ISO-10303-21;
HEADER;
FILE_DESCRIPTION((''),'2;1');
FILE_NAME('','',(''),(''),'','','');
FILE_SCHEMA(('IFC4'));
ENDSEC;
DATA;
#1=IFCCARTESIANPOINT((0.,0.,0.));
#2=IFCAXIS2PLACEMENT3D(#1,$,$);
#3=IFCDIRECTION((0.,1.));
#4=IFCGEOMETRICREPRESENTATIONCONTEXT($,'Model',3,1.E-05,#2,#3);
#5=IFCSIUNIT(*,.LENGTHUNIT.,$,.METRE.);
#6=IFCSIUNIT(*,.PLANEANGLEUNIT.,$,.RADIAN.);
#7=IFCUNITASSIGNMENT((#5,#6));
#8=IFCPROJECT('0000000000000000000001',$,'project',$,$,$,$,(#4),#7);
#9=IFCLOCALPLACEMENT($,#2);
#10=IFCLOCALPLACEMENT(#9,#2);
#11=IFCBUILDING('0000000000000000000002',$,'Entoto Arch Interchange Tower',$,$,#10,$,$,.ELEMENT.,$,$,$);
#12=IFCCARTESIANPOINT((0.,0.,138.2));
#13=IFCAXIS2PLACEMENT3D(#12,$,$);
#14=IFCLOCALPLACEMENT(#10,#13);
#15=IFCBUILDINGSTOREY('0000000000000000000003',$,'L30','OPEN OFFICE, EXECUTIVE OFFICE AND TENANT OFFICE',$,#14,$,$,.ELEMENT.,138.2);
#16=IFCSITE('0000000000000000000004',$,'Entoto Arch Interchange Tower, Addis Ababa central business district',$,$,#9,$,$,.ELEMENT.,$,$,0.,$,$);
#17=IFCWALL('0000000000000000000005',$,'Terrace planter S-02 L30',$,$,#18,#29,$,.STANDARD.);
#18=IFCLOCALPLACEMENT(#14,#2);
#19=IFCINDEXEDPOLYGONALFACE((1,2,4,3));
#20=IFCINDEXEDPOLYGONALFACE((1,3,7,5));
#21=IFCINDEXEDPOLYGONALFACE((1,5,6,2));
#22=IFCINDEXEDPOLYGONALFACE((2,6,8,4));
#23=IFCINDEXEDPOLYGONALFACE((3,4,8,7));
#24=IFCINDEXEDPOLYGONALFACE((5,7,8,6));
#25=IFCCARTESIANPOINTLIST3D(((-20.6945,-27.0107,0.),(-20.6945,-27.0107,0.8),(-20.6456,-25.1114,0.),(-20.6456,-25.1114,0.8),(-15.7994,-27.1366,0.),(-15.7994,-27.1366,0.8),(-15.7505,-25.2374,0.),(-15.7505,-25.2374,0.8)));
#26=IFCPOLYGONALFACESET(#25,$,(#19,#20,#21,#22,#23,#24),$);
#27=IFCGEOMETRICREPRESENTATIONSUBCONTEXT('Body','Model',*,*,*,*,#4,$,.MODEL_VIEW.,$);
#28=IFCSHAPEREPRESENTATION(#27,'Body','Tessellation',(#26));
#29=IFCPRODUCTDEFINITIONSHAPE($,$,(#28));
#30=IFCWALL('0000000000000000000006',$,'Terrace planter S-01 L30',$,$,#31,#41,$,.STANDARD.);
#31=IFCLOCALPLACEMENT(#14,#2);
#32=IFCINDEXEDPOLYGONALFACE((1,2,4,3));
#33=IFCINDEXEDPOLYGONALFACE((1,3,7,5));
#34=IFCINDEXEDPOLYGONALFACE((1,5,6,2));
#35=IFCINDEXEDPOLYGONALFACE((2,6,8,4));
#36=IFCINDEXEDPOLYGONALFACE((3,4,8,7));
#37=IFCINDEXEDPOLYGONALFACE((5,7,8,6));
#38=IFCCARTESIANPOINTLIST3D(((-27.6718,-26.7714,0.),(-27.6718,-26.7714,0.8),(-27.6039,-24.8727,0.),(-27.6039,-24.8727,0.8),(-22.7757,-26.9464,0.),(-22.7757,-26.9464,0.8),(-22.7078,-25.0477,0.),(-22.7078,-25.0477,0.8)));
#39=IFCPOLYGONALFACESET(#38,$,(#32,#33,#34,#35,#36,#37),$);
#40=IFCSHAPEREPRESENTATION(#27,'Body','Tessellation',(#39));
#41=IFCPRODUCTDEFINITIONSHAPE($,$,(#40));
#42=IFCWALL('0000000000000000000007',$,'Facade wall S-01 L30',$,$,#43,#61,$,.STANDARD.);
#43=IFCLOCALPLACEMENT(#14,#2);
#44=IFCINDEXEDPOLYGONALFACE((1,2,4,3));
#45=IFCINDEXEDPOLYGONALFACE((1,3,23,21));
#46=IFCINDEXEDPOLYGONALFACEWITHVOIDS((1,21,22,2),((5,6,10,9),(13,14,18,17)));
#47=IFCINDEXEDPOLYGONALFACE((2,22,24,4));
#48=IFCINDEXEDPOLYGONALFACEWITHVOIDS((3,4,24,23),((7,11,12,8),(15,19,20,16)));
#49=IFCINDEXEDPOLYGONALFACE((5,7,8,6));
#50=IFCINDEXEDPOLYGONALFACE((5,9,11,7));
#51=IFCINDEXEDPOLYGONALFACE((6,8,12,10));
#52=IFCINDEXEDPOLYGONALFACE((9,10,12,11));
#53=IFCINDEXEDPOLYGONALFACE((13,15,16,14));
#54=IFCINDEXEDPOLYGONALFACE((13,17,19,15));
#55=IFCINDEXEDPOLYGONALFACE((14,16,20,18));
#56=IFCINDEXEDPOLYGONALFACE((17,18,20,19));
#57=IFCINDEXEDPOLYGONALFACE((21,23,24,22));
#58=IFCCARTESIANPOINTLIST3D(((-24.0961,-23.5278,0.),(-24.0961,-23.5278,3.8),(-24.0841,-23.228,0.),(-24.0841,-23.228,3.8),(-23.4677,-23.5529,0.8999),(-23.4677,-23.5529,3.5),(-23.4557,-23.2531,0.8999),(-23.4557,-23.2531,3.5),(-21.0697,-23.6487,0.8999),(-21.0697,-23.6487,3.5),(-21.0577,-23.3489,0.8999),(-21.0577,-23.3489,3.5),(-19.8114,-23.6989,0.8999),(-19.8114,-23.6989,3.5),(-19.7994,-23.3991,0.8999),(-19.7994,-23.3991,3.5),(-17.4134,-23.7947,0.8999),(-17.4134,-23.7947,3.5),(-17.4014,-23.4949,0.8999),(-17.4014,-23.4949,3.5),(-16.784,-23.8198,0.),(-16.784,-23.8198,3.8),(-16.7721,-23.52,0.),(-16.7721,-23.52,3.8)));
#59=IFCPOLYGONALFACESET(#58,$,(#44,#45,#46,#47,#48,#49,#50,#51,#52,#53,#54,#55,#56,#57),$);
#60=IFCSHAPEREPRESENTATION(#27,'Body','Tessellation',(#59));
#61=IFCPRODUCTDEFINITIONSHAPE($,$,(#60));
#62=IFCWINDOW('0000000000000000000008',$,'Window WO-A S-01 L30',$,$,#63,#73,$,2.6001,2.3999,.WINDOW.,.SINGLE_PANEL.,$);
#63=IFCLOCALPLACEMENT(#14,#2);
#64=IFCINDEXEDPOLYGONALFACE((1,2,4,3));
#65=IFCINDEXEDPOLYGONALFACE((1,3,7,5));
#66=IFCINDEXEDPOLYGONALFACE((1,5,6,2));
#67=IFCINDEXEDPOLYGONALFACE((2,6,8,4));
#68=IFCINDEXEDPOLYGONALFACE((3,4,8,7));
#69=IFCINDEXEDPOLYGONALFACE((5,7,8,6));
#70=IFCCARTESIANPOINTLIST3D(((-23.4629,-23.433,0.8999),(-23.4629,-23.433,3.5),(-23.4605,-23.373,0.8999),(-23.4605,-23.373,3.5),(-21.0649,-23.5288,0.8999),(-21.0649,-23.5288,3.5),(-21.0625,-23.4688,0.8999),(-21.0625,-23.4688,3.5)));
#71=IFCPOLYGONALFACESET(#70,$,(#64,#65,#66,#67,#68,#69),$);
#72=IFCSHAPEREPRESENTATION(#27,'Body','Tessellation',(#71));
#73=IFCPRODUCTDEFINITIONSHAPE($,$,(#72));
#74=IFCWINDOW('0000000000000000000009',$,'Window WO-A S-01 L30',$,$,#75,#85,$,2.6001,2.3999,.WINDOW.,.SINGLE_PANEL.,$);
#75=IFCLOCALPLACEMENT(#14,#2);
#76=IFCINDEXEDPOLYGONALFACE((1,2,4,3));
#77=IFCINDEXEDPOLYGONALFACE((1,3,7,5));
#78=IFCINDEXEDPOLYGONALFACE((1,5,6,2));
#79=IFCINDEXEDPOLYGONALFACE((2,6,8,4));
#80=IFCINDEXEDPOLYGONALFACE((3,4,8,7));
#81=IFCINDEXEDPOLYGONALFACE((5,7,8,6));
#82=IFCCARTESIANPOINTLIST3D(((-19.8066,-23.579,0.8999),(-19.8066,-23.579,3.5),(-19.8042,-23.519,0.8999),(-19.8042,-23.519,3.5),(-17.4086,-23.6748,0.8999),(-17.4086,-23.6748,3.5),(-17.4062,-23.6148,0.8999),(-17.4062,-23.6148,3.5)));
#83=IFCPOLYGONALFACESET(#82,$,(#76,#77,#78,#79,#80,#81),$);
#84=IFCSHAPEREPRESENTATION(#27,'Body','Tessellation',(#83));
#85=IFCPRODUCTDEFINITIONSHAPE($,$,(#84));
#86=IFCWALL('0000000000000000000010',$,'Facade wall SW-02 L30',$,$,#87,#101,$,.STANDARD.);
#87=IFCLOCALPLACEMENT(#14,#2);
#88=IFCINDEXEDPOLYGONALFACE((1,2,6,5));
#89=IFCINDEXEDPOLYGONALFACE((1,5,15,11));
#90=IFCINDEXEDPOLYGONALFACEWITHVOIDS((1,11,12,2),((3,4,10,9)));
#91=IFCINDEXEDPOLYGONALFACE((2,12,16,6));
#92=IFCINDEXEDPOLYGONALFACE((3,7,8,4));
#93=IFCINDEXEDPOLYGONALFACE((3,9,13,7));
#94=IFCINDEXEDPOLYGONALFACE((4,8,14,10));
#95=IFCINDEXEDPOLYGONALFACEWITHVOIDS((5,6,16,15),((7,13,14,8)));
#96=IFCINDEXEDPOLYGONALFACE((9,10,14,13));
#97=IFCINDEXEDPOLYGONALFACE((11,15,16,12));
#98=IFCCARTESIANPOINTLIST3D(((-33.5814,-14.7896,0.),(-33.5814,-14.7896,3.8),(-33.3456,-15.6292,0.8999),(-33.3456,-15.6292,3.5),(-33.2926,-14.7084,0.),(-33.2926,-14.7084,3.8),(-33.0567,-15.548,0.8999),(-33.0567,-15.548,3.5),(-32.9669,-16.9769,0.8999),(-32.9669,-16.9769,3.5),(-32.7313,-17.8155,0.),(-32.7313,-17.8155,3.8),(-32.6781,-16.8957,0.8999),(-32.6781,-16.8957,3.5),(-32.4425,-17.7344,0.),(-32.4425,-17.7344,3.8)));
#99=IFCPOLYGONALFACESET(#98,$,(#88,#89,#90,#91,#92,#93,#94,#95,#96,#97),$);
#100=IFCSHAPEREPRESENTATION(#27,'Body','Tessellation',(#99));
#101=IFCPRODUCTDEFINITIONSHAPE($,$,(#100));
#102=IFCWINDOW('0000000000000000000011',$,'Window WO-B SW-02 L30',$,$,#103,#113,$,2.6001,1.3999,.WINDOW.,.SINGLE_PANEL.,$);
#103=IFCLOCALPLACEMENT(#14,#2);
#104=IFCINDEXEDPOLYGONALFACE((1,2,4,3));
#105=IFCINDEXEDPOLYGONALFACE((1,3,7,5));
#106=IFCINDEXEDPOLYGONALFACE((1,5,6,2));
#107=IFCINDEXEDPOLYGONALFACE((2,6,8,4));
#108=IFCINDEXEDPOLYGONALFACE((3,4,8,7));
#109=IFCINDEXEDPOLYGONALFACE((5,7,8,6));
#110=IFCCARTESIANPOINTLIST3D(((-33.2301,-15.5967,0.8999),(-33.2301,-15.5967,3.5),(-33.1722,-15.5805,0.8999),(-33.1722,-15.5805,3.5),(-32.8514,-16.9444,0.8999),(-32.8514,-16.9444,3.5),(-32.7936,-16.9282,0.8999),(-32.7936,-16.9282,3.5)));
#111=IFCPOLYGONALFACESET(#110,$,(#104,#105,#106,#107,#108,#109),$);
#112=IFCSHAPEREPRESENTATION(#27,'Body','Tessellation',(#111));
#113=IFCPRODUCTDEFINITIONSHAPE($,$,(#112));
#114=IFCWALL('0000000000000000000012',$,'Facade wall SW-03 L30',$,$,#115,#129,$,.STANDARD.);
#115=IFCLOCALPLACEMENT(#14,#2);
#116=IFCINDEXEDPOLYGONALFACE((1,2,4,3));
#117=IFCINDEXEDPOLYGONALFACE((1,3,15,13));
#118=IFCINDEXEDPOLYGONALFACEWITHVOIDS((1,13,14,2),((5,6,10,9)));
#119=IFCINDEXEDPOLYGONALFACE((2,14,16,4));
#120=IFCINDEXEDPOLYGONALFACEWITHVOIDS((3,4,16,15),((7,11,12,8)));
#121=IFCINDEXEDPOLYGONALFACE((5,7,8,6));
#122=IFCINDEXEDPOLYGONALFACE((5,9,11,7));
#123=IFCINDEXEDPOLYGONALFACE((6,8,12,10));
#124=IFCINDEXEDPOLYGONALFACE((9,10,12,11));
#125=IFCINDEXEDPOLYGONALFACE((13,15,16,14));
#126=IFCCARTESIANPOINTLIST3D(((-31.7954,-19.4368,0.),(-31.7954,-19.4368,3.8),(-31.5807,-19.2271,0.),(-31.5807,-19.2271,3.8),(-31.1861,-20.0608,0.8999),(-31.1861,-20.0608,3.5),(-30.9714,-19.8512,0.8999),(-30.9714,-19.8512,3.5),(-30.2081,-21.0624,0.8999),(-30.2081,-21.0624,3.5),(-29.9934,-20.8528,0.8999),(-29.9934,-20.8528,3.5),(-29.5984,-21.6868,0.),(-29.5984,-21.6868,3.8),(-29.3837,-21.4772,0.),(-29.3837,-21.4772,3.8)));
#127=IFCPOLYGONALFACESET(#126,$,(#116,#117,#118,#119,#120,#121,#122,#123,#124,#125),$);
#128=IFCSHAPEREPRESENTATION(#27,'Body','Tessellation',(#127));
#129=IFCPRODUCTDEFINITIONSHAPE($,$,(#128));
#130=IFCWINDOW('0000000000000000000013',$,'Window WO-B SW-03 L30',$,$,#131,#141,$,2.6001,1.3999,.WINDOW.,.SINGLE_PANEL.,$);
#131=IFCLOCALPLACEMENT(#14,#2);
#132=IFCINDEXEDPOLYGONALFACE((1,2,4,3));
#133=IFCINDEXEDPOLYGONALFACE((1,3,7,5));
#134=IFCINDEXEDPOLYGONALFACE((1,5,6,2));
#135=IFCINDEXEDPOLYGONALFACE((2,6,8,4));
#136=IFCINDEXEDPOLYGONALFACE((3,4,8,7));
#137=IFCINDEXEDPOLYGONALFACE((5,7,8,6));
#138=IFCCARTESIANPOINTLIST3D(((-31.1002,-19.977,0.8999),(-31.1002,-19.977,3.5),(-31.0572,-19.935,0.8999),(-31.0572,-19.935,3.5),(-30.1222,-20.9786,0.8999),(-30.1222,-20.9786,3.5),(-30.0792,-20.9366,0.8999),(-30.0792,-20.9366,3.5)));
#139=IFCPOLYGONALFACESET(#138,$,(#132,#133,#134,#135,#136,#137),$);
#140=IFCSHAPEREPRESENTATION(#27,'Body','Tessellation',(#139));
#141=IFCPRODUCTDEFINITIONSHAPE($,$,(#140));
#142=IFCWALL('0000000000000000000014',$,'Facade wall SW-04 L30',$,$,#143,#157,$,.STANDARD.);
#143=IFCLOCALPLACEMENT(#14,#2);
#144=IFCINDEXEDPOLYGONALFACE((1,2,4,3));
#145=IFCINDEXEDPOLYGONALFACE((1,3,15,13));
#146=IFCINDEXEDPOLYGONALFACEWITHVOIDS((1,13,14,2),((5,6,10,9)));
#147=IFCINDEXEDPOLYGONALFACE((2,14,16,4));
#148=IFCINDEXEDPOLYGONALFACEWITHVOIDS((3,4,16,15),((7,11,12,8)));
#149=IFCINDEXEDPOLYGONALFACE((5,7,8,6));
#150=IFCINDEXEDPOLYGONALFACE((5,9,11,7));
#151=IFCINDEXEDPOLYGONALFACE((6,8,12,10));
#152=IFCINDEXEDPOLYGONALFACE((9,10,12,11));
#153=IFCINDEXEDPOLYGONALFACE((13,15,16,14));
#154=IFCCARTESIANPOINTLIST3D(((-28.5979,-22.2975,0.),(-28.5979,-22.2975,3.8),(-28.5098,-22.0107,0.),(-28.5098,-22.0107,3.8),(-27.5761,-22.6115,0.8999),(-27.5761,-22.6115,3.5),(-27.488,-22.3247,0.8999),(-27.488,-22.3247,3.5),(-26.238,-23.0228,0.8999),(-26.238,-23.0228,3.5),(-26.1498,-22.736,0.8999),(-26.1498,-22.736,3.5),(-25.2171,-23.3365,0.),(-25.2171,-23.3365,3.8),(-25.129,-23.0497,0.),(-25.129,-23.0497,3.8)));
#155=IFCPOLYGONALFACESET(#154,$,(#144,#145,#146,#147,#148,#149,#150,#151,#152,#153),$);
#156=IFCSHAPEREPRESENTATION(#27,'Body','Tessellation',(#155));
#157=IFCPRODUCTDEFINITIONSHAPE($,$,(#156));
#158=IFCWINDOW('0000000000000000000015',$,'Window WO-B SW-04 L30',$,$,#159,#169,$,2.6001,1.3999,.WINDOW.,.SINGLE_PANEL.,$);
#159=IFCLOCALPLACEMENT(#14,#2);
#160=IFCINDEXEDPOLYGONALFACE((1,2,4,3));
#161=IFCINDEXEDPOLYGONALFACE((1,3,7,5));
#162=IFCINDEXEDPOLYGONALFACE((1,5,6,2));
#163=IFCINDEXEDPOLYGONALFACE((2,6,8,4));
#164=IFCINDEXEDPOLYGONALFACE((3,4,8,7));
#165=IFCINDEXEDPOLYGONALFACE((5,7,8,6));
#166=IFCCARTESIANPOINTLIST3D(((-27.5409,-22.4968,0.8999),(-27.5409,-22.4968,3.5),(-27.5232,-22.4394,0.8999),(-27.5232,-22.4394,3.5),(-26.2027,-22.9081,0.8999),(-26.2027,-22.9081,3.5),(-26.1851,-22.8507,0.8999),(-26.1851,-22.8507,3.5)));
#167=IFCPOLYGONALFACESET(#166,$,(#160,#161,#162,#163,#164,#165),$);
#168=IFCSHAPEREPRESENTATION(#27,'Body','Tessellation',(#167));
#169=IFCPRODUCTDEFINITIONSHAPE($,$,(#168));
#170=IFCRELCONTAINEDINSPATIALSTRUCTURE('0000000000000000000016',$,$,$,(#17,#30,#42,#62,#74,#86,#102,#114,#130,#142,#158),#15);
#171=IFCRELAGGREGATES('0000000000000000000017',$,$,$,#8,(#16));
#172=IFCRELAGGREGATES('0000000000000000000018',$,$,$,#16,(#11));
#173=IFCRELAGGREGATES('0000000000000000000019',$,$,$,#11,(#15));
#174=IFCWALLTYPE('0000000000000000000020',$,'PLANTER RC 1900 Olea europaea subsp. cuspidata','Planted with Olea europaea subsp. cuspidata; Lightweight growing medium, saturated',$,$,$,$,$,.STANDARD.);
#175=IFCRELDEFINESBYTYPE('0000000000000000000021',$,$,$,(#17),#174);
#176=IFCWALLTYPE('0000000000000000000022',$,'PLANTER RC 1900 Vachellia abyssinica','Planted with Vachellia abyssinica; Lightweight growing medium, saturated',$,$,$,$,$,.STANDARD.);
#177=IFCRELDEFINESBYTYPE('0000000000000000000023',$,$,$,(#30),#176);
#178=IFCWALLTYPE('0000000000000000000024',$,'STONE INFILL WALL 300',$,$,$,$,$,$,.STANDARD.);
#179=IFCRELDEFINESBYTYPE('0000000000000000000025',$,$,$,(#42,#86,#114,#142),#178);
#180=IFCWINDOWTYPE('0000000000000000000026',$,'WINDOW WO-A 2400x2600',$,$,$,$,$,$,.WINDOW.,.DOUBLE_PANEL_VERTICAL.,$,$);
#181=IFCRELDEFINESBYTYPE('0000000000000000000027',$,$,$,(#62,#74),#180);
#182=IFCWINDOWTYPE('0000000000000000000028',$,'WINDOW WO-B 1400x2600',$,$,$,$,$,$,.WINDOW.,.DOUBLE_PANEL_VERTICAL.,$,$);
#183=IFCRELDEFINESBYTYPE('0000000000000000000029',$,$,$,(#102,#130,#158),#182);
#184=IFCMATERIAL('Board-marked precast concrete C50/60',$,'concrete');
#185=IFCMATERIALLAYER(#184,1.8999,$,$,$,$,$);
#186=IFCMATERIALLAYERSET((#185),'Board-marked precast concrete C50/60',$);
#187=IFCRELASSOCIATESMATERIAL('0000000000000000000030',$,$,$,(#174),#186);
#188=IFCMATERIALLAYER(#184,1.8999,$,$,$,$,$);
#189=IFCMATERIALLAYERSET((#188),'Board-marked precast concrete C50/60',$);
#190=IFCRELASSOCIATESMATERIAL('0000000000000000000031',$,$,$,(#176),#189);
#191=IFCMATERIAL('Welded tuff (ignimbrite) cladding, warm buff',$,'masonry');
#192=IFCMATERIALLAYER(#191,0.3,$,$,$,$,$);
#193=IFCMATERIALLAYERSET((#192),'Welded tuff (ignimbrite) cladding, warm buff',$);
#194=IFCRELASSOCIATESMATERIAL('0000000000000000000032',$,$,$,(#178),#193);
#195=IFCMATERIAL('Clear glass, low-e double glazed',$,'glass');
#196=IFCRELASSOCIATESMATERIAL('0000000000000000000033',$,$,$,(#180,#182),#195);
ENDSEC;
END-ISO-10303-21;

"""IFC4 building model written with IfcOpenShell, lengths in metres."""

from ifc_helpers import new_model, si_unit, direction, frame, frame_2d, origin, place, context, subcontext, project, spatial, rectangle, extrude, material, layer, layer_set, type_object, element, fill, save


model = new_model("IFC4")

# Units and contexts
model_context = context("Model", 3, precision=1e-05, world=origin(), true_north=direction((0.0, 1.0)))
body_context = subcontext(model_context, "Body", "Model", "MODEL_VIEW")
ifc_project = project(units=[si_unit("LENGTHUNIT", "METRE"), si_unit("PLANEANGLEUNIT", "RADIAN")], contexts=[model_context])

# Site, building, storey
site_placement = place(None, origin())
site = spatial("IfcSite", under=ifc_project, at=site_placement, Name="Entoto Arch Interchange Tower, Addis Ababa central business district", CompositionType="ELEMENT", RefElevation=0.0)
building_placement = place(site_placement, origin())
building = spatial("IfcBuilding", under=site, at=building_placement, Name="Entoto Arch Interchange Tower", CompositionType="ELEMENT")
storey_placement = place(building_placement, frame((0.0, 0.0, 138.2)))
storey = spatial("IfcBuildingStorey", under=building, at=storey_placement, Name="L30", Description="OPEN OFFICE, EXECUTIVE OFFICE AND TENANT OFFICE", CompositionType="ELEMENT", Elevation=138.2)

# Walls
ifc_material_1 = material(Name="Board-marked precast concrete C50/60", Category="concrete")
ifc_layer_1 = layer(ifc_material_1, 1.8999)
ifc_layer_set_1 = layer_set([ifc_layer_1], Name="Board-marked precast concrete C50/60")
wall_type_1 = type_object("IfcWallType", Name="PLANTER RC 1900 Olea europaea subsp. cuspidata", Description="Planted with Olea europaea subsp. cuspidata; Lightweight growing medium, saturated", PredefinedType="STANDARD", material=ifc_layer_set_1)
wall_1_placement = place(storey_placement, frame((-20.6699, -26.061, 0.0), z_axis=(0.0, 0.0, 1.0), x_axis=(0.999669, -0.025727, 0.0)))
element("IfcWall", 1, at=wall_1_placement, inside=storey, type_object=wall_type_1, Name="Terrace planter S-02 L30", PredefinedType="STANDARD", context=body_context, shape_type="SweptSolid", body=[
    extrude(rectangle(XDim=4.8967, YDim=1.8999, at=frame_2d((2.4482, 0.0))), origin(), (0.0, 0.0, 1.0), 0.8),
])
ifc_layer_2 = layer(ifc_material_1, 1.8999)
ifc_layer_set_2 = layer_set([ifc_layer_2], Name="Board-marked precast concrete C50/60")
wall_type_2 = type_object("IfcWallType", Name="PLANTER RC 1900 Vachellia abyssinica", Description="Planted with Vachellia abyssinica; Lightweight growing medium, saturated", PredefinedType="STANDARD", material=ifc_layer_set_2)
wall_2_placement = place(storey_placement, frame((-27.6379, -25.822, 0.0), z_axis=(0.0, 0.0, 1.0), x_axis=(0.999361, -0.035731, 0.0)))
element("IfcWall", 2, at=wall_2_placement, inside=storey, type_object=wall_type_2, Name="Terrace planter S-01 L30", PredefinedType="STANDARD", context=body_context, shape_type="SweptSolid", body=[
    extrude(rectangle(XDim=4.8992, YDim=1.8999, at=frame_2d((2.4497, 0.0))), origin(), (0.0, 0.0, 1.0), 0.8),
])

# Wall, openings, windows
ifc_material_2 = material(Name="Welded tuff (ignimbrite) cladding, warm buff", Category="masonry")
ifc_layer_3 = layer(ifc_material_2, 0.3)
ifc_layer_set_3 = layer_set([ifc_layer_3], Name="Welded tuff (ignimbrite) cladding, warm buff")
wall_type_3 = type_object("IfcWallType", Name="STONE INFILL WALL 300", PredefinedType="STANDARD", material=ifc_layer_set_3)
wall_3_placement = place(storey_placement, frame((-24.0901, -23.3779, 0.0), z_axis=(0.0, 0.0, 1.0), x_axis=(0.999204, -0.039901, 0.0)))
wall_3 = element("IfcWall", 3, at=wall_3_placement, inside=storey, type_object=wall_type_3, Name="Facade wall S-01 L30", PredefinedType="STANDARD", context=body_context, shape_type="SweptSolid", body=[
    extrude(rectangle(XDim=7.3179, YDim=0.3, at=frame_2d((3.6589, 0.0))), origin(), (0.0, 0.0, 1.0), 3.8),
])
opening_1_placement = place(wall_3_placement, frame((0.6289, 0.0, 0.8999)))
opening_1 = element("IfcOpeningElement", 4, at=opening_1_placement, cuts=wall_3, PredefinedType="OPENING", context=body_context, shape_type="SweptSolid", body=[
    extrude(rectangle(XDim=2.3999, YDim=2.6001, at=frame_2d((1.2, 1.3))), frame((0.0, 0.1602, 0.0), z_axis=(0.0, -1.0, 0.0), x_axis=(1.0, 0.0, 0.0)), (0.0, 0.0, 1.0), 0.3201),
])
opening_2_placement = place(wall_3_placement, frame((4.2881, 0.0, 0.8999)))
opening_2 = element("IfcOpeningElement", 5, at=opening_2_placement, cuts=wall_3, PredefinedType="OPENING", context=body_context, shape_type="SweptSolid", body=[
    extrude(rectangle(XDim=2.3999, YDim=2.6001, at=frame_2d((1.2, 1.3))), frame((0.0, 0.1602, 0.0), z_axis=(0.0, -1.0, 0.0), x_axis=(1.0, 0.0, 0.0)), (0.0, 0.0, 1.0), 0.3201),
])
ifc_material_3 = material(Name="Clear glass, low-e double glazed", Category="glass")
window_type_1 = type_object("IfcWindowType", Name="WINDOW WO-A 2400x2600", PartitioningType="DOUBLE_PANEL_VERTICAL", PredefinedType="WINDOW", material=ifc_material_3)
window_1_placement = place(opening_1_placement, origin())
window_1 = element("IfcWindow", 6, at=window_1_placement, inside=storey, type_object=window_type_1, Name="Window WO-A S-01 L30", OverallHeight=2.6001, OverallWidth=2.3999, PartitioningType="SINGLE_PANEL", PredefinedType="WINDOW", context=body_context, shape_type="SweptSolid", body=[
    extrude(rectangle(XDim=2.3999, YDim=2.6001, at=frame_2d((1.2, 1.3))), frame((0.0, 0.03, 0.0), z_axis=(0.0, -1.0, 0.0), x_axis=(1.0, 0.0, 0.0)), (0.0, 0.0, 1.0), 0.0601),
])
fill(opening_1, window_1)
window_2_placement = place(opening_2_placement, origin())
window_2 = element("IfcWindow", 7, at=window_2_placement, inside=storey, type_object=window_type_1, Name="Window WO-A S-01 L30", OverallHeight=2.6001, OverallWidth=2.3999, PartitioningType="SINGLE_PANEL", PredefinedType="WINDOW", context=body_context, shape_type="SweptSolid", body=[
    extrude(rectangle(XDim=2.3999, YDim=2.6001, at=frame_2d((1.2, 1.3))), frame((0.0, 0.03, 0.0), z_axis=(0.0, -1.0, 0.0), x_axis=(1.0, 0.0, 0.0)), (0.0, 0.0, 1.0), 0.0601),
])
fill(opening_2, window_2)

# Walls, openings, windows
wall_4_placement = place(storey_placement, frame((-33.437, -14.749, 0.0), z_axis=(0.0, 0.0, 1.0), x_axis=(0.270471, -0.962728, 0.0)))
wall_4 = element("IfcWall", 8, at=wall_4_placement, inside=storey, type_object=wall_type_3, Name="Facade wall SW-02 L30", PredefinedType="STANDARD", context=body_context, shape_type="SweptSolid", body=[
    extrude(rectangle(XDim=3.1431, YDim=0.3, at=frame_2d((1.5715, 0.0))), origin(), (0.0, 0.0, 1.0), 3.8),
])
opening_3_placement = place(wall_4_placement, frame((0.8721, 0.0, 0.8999)))
opening_3 = element("IfcOpeningElement", 9, at=opening_3_placement, cuts=wall_4, PredefinedType="OPENING", context=body_context, shape_type="SweptSolid", body=[
    extrude(rectangle(XDim=1.3999, YDim=2.6001, at=frame_2d((0.7, 1.3))), frame((0.0, 0.1602, 0.0), z_axis=(0.0, -1.0, 0.0), x_axis=(1.0, 0.0, 0.0)), (0.0, 0.0, 1.0), 0.3201),
])
window_type_2 = type_object("IfcWindowType", Name="WINDOW WO-B 1400x2600", PartitioningType="DOUBLE_PANEL_VERTICAL", PredefinedType="WINDOW", material=ifc_material_3)
window_3_placement = place(opening_3_placement, origin())
window_3 = element("IfcWindow", 10, at=window_3_placement, inside=storey, type_object=window_type_2, Name="Window WO-B SW-02 L30", OverallHeight=2.6001, OverallWidth=1.3999, PartitioningType="SINGLE_PANEL", PredefinedType="WINDOW", context=body_context, shape_type="SweptSolid", body=[
    extrude(rectangle(XDim=1.3999, YDim=2.6001, at=frame_2d((0.7, 1.3))), frame((0.0, 0.03, 0.0), z_axis=(0.0, -1.0, 0.0), x_axis=(1.0, 0.0, 0.0)), (0.0, 0.0, 1.0), 0.0601),
])
fill(opening_3, window_3)
wall_5_placement = place(storey_placement, frame((-31.688, -19.332, 0.0), z_axis=(0.0, 0.0, 1.0), x_axis=(0.698633, -0.71548, 0.0)))
wall_5 = element("IfcWall", 11, at=wall_5_placement, inside=storey, type_object=wall_type_3, Name="Facade wall SW-03 L30", PredefinedType="STANDARD", context=body_context, shape_type="SweptSolid", body=[
    extrude(rectangle(XDim=3.1448, YDim=0.3, at=frame_2d((1.5723, 0.0))), origin(), (0.0, 0.0, 1.0), 3.8),
])
opening_4_placement = place(wall_5_placement, frame((0.8721, 0.0, 0.8999)))
opening_4 = element("IfcOpeningElement", 12, at=opening_4_placement, cuts=wall_5, PredefinedType="OPENING", context=body_context, shape_type="SweptSolid", body=[
    extrude(rectangle(XDim=1.3999, YDim=2.6001, at=frame_2d((0.7, 1.3))), frame((0.0, 0.1602, 0.0), z_axis=(0.0, -1.0, 0.0), x_axis=(1.0, 0.0, 0.0)), (0.0, 0.0, 1.0), 0.3201),
])
window_4_placement = place(opening_4_placement, origin())
window_4 = element("IfcWindow", 13, at=window_4_placement, inside=storey, type_object=window_type_2, Name="Window WO-B SW-03 L30", OverallHeight=2.6001, OverallWidth=1.3999, PartitioningType="SINGLE_PANEL", PredefinedType="WINDOW", context=body_context, shape_type="SweptSolid", body=[
    extrude(rectangle(XDim=1.3999, YDim=2.6001, at=frame_2d((0.7, 1.3))), frame((0.0, 0.03, 0.0), z_axis=(0.0, -1.0, 0.0), x_axis=(1.0, 0.0, 0.0)), (0.0, 0.0, 1.0), 0.0601),
])
fill(opening_4, window_4)
wall_6_placement = place(storey_placement, frame((-28.554, -22.1541, 0.0), z_axis=(0.0, 0.0, 1.0), x_axis=(0.955874, -0.293775, 0.0)))
wall_6 = element("IfcWall", 14, at=wall_6_placement, inside=storey, type_object=wall_type_3, Name="Facade wall SW-04 L30", PredefinedType="STANDARD", context=body_context, shape_type="SweptSolid", body=[
    extrude(rectangle(XDim=3.5369, YDim=0.3, at=frame_2d((1.7686, 0.0))), origin(), (0.0, 0.0, 1.0), 3.8),
])
opening_5_placement = place(wall_6_placement, frame((1.0691, 0.0, 0.8999)))
opening_5 = element("IfcOpeningElement", 15, at=opening_5_placement, cuts=wall_6, PredefinedType="OPENING", context=body_context, shape_type="SweptSolid", body=[
    extrude(rectangle(XDim=1.3999, YDim=2.6001, at=frame_2d((0.7, 1.3))), frame((0.0, 0.1602, 0.0), z_axis=(0.0, -1.0, 0.0), x_axis=(1.0, 0.0, 0.0)), (0.0, 0.0, 1.0), 0.3201),
])
window_5_placement = place(opening_5_placement, origin())
window_5 = element("IfcWindow", 16, at=window_5_placement, inside=storey, type_object=window_type_2, Name="Window WO-B SW-04 L30", OverallHeight=2.6001, OverallWidth=1.3999, PartitioningType="SINGLE_PANEL", PredefinedType="WINDOW", context=body_context, shape_type="SweptSolid", body=[
    extrude(rectangle(XDim=1.3999, YDim=2.6001, at=frame_2d((0.7, 1.3))), frame((0.0, 0.03, 0.0), z_axis=(0.0, -1.0, 0.0), x_axis=(1.0, 0.0, 0.0)), (0.0, 0.0, 1.0), 0.0601),
])
fill(opening_5, window_5)

save(model, "model.ifc")
